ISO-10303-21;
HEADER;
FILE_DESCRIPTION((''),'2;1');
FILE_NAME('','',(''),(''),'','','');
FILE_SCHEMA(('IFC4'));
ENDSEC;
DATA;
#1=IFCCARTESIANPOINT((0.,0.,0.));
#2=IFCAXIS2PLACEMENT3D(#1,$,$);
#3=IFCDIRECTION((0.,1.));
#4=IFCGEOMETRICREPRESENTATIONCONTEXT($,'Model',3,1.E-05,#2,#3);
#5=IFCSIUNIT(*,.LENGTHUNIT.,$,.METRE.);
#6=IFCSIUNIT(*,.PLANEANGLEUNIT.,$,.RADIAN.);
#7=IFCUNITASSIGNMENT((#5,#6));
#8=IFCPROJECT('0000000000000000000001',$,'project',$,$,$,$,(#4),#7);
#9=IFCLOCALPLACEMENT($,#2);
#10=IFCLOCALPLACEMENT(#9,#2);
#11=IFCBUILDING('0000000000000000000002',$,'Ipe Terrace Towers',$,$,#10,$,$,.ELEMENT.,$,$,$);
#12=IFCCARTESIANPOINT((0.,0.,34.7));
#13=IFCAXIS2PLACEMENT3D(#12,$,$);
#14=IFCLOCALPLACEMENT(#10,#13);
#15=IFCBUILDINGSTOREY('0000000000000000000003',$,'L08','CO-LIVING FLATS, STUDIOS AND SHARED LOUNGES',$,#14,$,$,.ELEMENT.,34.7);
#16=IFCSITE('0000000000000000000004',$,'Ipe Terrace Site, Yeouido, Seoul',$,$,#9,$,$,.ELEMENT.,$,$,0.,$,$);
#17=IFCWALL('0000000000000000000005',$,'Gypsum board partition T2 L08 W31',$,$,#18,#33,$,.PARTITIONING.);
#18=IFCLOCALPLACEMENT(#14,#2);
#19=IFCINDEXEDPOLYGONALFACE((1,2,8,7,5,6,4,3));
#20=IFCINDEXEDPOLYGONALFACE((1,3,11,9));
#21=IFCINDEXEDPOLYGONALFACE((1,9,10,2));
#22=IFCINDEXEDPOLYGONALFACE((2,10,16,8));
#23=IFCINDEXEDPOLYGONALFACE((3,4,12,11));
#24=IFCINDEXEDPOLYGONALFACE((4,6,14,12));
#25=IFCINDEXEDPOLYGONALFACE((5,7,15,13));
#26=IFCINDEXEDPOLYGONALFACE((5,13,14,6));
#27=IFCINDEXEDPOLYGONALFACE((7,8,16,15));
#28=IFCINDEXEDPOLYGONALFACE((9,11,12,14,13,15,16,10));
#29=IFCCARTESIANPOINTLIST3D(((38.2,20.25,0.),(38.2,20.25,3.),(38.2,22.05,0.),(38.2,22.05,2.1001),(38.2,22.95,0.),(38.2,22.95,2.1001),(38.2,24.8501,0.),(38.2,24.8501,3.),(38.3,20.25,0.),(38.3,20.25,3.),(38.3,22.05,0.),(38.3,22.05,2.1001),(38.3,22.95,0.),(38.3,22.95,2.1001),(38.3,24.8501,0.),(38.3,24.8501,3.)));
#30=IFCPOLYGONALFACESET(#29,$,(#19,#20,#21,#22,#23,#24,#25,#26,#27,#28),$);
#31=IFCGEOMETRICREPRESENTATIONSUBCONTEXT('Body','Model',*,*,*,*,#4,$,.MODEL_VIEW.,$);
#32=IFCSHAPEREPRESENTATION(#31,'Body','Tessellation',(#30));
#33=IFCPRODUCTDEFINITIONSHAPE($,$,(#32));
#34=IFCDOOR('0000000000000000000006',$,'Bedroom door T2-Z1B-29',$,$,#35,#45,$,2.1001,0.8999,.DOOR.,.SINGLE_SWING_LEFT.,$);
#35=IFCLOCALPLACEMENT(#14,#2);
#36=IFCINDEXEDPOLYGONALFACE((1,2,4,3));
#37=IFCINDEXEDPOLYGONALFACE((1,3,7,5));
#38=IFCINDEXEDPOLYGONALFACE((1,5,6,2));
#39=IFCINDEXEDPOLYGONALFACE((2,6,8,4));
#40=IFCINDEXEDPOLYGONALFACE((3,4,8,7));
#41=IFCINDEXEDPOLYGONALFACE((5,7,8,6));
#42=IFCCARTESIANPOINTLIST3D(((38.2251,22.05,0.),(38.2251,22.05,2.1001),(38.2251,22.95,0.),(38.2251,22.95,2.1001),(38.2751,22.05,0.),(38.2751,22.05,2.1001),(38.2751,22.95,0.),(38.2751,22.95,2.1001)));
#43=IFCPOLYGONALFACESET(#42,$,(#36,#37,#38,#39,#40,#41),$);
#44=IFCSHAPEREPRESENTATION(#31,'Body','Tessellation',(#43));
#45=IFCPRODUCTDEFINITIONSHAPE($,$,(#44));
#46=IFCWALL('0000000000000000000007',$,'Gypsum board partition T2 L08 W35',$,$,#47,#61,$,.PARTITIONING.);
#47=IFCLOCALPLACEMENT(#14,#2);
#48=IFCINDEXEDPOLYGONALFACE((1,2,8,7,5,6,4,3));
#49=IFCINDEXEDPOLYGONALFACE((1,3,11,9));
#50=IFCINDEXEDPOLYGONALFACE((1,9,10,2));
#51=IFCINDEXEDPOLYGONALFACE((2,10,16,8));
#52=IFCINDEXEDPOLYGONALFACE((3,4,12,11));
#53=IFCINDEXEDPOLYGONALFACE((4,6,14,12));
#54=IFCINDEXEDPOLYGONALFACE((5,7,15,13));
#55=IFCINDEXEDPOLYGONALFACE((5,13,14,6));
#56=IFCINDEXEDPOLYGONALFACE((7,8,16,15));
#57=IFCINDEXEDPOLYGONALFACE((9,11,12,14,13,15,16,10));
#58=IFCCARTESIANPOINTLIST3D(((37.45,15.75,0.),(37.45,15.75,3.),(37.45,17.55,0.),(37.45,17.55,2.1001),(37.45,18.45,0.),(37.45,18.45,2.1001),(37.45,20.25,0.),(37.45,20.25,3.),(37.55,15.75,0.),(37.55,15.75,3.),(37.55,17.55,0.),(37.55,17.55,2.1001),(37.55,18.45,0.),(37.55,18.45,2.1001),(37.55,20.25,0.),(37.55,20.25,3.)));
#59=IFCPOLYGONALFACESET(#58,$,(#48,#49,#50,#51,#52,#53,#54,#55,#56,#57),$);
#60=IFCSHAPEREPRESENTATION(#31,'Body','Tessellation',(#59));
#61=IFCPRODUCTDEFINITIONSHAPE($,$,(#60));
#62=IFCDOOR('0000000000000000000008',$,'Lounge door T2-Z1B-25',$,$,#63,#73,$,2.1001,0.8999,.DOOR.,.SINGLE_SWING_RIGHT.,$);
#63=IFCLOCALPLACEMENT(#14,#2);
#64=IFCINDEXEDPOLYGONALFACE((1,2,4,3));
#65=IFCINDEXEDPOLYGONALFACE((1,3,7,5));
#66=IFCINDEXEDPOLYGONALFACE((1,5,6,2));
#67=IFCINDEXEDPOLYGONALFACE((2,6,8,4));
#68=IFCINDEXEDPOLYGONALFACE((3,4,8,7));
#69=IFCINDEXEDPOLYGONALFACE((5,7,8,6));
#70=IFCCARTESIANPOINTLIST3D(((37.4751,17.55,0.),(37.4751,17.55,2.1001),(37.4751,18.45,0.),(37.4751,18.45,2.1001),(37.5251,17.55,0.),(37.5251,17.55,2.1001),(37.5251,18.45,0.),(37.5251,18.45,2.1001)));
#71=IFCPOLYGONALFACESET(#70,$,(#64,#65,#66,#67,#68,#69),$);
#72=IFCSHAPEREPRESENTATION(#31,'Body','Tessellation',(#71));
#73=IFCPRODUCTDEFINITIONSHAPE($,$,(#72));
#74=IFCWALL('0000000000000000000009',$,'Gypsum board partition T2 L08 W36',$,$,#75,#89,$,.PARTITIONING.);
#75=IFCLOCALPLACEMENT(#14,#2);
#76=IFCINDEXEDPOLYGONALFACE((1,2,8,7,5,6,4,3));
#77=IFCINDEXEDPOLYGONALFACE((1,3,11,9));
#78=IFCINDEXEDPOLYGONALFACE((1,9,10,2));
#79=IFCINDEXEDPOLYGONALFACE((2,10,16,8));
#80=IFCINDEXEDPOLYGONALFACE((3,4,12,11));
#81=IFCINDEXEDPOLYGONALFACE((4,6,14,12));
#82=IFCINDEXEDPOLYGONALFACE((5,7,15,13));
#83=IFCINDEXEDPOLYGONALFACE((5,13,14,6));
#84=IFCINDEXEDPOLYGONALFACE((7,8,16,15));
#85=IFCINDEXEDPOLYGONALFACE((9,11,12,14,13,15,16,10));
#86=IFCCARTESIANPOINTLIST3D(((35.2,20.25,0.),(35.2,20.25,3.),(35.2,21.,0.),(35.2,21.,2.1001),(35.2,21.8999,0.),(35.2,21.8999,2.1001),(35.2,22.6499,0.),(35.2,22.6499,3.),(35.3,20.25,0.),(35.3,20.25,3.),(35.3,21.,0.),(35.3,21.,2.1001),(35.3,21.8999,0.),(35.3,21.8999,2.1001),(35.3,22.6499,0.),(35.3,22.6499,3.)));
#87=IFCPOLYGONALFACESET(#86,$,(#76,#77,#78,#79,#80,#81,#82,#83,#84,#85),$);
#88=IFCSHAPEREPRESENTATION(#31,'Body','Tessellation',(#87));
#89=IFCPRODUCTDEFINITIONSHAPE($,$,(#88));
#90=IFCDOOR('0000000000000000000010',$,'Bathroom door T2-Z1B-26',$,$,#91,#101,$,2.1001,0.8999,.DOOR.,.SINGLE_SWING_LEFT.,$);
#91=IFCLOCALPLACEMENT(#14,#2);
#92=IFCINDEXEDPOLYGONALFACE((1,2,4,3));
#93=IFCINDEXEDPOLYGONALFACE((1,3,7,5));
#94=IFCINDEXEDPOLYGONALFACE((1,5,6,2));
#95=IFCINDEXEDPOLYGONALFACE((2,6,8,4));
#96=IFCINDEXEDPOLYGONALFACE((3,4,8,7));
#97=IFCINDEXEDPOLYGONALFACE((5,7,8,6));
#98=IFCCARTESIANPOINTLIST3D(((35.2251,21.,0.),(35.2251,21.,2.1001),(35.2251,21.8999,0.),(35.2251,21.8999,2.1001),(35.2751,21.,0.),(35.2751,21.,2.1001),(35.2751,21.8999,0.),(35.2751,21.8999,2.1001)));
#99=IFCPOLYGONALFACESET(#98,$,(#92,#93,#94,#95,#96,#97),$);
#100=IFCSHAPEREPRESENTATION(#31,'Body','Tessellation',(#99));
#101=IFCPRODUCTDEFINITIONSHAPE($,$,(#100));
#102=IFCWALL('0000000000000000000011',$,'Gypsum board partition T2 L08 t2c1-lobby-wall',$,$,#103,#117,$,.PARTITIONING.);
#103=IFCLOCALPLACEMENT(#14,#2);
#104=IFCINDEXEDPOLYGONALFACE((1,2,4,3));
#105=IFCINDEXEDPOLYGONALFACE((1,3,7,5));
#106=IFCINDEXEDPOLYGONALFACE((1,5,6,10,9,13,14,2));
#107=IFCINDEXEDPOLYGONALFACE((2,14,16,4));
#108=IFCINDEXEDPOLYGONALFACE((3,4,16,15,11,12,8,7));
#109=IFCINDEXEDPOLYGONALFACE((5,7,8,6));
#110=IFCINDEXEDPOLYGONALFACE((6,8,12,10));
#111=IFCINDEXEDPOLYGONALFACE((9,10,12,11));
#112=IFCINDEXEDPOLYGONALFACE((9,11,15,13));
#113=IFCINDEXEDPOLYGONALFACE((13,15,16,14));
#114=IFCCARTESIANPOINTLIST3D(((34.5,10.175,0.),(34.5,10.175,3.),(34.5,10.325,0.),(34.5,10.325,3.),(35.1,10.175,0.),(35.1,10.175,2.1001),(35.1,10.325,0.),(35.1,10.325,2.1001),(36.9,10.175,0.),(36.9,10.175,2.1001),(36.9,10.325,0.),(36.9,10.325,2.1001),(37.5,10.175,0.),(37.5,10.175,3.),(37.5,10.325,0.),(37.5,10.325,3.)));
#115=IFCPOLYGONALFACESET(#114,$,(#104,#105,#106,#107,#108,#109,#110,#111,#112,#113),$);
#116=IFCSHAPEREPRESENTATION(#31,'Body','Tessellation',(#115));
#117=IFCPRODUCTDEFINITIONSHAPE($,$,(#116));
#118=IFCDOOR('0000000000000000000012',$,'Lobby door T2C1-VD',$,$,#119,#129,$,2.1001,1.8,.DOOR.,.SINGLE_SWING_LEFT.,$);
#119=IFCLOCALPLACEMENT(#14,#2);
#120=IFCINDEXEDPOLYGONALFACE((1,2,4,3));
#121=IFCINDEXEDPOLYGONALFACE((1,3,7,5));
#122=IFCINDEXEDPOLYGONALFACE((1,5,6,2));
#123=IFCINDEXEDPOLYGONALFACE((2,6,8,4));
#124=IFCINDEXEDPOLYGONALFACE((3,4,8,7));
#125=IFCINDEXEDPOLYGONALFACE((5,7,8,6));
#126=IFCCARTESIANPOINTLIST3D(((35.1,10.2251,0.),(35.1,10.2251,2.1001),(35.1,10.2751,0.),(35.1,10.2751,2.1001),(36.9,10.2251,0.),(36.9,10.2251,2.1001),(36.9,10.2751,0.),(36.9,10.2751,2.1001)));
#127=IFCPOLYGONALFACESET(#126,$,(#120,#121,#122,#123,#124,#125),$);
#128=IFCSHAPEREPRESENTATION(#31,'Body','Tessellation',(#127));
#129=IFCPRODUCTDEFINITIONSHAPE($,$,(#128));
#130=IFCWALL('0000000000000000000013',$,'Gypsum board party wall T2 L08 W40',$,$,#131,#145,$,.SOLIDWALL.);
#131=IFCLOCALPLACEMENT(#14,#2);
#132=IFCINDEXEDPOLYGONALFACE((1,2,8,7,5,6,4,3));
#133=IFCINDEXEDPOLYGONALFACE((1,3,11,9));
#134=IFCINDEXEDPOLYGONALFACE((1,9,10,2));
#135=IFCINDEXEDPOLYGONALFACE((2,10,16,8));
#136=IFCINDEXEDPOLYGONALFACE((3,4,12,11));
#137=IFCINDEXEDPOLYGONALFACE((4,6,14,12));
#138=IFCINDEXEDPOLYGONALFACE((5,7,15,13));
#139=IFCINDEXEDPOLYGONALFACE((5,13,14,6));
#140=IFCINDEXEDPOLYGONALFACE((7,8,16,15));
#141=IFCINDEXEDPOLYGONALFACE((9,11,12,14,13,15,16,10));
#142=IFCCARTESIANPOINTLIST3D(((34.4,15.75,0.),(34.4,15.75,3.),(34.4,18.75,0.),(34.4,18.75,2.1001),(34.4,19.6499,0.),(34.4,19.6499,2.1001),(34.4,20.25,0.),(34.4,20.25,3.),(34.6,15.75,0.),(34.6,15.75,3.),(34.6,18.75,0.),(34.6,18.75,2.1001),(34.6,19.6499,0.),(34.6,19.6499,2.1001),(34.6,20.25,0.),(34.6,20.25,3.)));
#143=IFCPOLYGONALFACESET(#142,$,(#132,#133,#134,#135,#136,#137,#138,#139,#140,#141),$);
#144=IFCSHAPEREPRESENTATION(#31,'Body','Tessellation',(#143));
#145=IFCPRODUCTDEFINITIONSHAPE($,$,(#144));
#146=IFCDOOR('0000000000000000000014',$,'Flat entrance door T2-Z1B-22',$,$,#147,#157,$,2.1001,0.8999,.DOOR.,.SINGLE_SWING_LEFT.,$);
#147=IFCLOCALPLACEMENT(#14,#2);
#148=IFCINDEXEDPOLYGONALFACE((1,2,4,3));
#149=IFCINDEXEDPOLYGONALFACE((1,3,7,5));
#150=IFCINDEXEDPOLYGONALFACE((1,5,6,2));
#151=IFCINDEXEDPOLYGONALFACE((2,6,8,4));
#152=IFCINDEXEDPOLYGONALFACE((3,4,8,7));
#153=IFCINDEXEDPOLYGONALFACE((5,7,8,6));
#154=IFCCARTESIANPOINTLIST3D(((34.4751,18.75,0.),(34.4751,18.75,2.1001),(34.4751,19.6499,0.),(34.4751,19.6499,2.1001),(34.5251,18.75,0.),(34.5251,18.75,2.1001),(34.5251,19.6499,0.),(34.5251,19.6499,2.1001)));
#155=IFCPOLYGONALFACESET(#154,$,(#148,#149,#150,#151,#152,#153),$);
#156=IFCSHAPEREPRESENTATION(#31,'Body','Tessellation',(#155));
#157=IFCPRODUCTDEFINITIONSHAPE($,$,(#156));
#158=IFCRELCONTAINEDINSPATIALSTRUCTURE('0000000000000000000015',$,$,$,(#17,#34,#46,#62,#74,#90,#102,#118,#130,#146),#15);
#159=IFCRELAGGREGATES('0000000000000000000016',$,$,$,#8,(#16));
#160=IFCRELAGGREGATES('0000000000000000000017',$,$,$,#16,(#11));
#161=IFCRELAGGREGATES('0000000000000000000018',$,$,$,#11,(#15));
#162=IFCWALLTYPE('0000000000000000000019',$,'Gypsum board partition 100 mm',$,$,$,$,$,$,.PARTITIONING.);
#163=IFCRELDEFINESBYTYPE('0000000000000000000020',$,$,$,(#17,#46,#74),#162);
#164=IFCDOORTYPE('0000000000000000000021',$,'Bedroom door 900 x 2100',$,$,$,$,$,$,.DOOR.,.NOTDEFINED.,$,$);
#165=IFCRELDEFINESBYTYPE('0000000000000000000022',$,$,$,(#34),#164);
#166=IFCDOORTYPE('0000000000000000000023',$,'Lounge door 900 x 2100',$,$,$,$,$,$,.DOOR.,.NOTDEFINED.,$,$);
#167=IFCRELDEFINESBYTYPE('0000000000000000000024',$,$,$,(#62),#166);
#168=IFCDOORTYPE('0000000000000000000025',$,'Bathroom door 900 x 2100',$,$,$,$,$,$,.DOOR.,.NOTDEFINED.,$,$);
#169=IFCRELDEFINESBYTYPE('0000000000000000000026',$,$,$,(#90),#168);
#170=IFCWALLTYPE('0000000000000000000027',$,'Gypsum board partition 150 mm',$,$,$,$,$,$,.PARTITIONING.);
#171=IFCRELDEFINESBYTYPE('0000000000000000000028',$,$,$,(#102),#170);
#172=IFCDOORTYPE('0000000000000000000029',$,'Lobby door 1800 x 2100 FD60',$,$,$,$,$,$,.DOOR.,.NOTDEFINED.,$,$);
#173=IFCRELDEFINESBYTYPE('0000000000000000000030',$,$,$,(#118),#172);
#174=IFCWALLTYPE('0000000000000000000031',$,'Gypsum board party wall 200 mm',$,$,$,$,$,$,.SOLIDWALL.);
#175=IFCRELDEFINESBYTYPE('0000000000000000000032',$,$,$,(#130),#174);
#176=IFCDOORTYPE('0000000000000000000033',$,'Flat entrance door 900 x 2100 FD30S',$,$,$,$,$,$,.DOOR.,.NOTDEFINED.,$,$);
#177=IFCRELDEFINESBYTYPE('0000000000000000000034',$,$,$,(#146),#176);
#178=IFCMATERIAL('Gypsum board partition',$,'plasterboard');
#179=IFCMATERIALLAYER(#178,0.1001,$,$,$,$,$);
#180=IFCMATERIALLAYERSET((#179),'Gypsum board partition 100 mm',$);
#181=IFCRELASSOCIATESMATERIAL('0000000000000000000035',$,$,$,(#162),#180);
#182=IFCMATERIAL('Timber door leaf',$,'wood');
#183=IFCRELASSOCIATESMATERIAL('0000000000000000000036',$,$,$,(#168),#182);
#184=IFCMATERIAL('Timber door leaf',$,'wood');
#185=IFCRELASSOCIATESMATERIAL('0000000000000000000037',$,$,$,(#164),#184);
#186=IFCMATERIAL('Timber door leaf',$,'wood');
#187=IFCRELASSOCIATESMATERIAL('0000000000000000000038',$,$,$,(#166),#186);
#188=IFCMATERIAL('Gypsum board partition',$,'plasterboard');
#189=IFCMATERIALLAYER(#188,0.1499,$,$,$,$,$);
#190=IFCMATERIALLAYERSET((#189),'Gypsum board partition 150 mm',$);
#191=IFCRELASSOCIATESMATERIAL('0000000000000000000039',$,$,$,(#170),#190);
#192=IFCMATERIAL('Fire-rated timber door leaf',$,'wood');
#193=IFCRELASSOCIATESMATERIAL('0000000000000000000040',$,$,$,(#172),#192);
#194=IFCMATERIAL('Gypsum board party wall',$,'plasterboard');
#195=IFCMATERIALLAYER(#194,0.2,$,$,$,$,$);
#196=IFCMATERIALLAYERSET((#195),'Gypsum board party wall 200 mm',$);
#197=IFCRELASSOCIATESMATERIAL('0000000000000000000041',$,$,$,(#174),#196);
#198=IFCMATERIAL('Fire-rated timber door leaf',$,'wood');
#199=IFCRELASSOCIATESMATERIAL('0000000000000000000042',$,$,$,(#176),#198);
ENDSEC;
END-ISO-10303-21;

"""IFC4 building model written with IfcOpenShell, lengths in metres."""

from ifc_helpers import new_model, si_unit, direction, frame, frame_2d, origin, place, context, subcontext, project, spatial, rectangle, extrude, material, layer, layer_set, type_object, element, fill, save


model = new_model("IFC4")

# Units and contexts
model_context = context("Model", 3, precision=1e-05, world=origin(), true_north=direction((0.0, 1.0)))
body_context = subcontext(model_context, "Body", "Model", "MODEL_VIEW")
ifc_project = project(units=[si_unit("LENGTHUNIT", "METRE"), si_unit("PLANEANGLEUNIT", "RADIAN")], contexts=[model_context])

# Site, building, storey
site_placement = place(None, origin())
site = spatial("IfcSite", under=ifc_project, at=site_placement, Name="Ipe Terrace Site, Yeouido, Seoul", CompositionType="ELEMENT", RefElevation=0.0)
building_placement = place(site_placement, origin())
building = spatial("IfcBuilding", under=site, at=building_placement, Name="Ipe Terrace Towers", CompositionType="ELEMENT")
storey_placement = place(building_placement, frame((0.0, 0.0, 34.7)))
storey = spatial("IfcBuildingStorey", under=building, at=storey_placement, Name="L08", Description="CO-LIVING FLATS, STUDIOS AND SHARED LOUNGES", CompositionType="ELEMENT", Elevation=34.7)

# Shared definitions
ifc_material_1 = material(Name="Gypsum board partition", Category="plasterboard")
ifc_layer_1 = layer(ifc_material_1, 0.1001)
ifc_layer_set_1 = layer_set([ifc_layer_1], Name="Gypsum board partition 100 mm")
wall_type_1 = type_object("IfcWallType", Name="Gypsum board partition 100 mm", PredefinedType="PARTITIONING", material=ifc_layer_set_1)
ifc_material_2 = material(Name="Timber door leaf", Category="wood")
door_type_1 = type_object("IfcDoorType", Name="Bathroom door 900 x 2100", OperationType="NOTDEFINED", PredefinedType="DOOR", material=ifc_material_2)

# Walls, openings, doors
wall_1_placement = place(storey_placement, frame((38.25, 20.25, 0.0), z_axis=(0.0, 0.0, 1.0), x_axis=(0.0, 1.0, 0.0)))
wall_1 = element("IfcWall", 1, at=wall_1_placement, inside=storey, type_object=wall_type_1, Name="Gypsum board partition T2 L08 W31", PredefinedType="PARTITIONING", context=body_context, shape_type="SweptSolid", body=[
    extrude(rectangle(XDim=4.6001, YDim=0.1001, at=frame_2d((2.3, 0.0))), origin(), (0.0, 0.0, 1.0), 3.0),
])
opening_1_placement = place(wall_1_placement, frame((1.8, 0.0, 0.0)))
opening_1 = element("IfcOpeningElement", 2, at=opening_1_placement, cuts=wall_1, PredefinedType="OPENING", context=body_context, shape_type="SweptSolid", body=[
    extrude(rectangle(XDim=0.8999, YDim=2.1001, at=frame_2d((0.45, 1.05))), frame((0.0, 0.0601, 0.0), z_axis=(0.0, -1.0, 0.0), x_axis=(1.0, 0.0, 0.0)), (0.0, 0.0, 1.0), 0.1201),
])
ifc_material_3 = material(Name="Timber door leaf", Category="wood")
door_type_2 = type_object("IfcDoorType", Name="Bedroom door 900 x 2100", OperationType="NOTDEFINED", PredefinedType="DOOR", material=ifc_material_3)
door_1_placement = place(opening_1_placement, origin())
door_1 = element("IfcDoor", 3, at=door_1_placement, inside=storey, type_object=door_type_2, Name="Bedroom door T2-Z1B-29", OperationType="SINGLE_SWING_LEFT", OverallHeight=2.1001, OverallWidth=0.8999, PredefinedType="DOOR", context=body_context, shape_type="SweptSolid", body=[
    extrude(rectangle(XDim=0.8999, YDim=2.1001, at=frame_2d((0.45, 1.05))), frame((0.0, 0.0249, 0.0), z_axis=(0.0, -1.0, 0.0), x_axis=(1.0, 0.0, 0.0)), (0.0, 0.0, 1.0), 0.05),
])
fill(opening_1, door_1)
wall_2_placement = place(storey_placement, frame((37.5, 15.75, 0.0), z_axis=(0.0, 0.0, 1.0), x_axis=(0.0, 1.0, 0.0)))
wall_2 = element("IfcWall", 4, at=wall_2_placement, inside=storey, type_object=wall_type_1, Name="Gypsum board partition T2 L08 W35", PredefinedType="PARTITIONING", context=body_context, shape_type="SweptSolid", body=[
    extrude(rectangle(XDim=4.5, YDim=0.1001, at=frame_2d((2.25, 0.0))), origin(), (0.0, 0.0, 1.0), 3.0),
])
opening_2_placement = place(wall_2_placement, frame((1.8, 0.0, 0.0)))
opening_2 = element("IfcOpeningElement", 5, at=opening_2_placement, cuts=wall_2, PredefinedType="OPENING", context=body_context, shape_type="SweptSolid", body=[
    extrude(rectangle(XDim=0.8999, YDim=2.1001, at=frame_2d((0.45, 1.05))), frame((0.0, 0.0601, 0.0), z_axis=(0.0, -1.0, 0.0), x_axis=(1.0, 0.0, 0.0)), (0.0, 0.0, 1.0), 0.1201),
])
ifc_material_4 = material(Name="Timber door leaf", Category="wood")
door_type_3 = type_object("IfcDoorType", Name="Lounge door 900 x 2100", OperationType="NOTDEFINED", PredefinedType="DOOR", material=ifc_material_4)
door_2_placement = place(opening_2_placement, origin())
door_2 = element("IfcDoor", 6, at=door_2_placement, inside=storey, type_object=door_type_3, Name="Lounge door T2-Z1B-25", OperationType="SINGLE_SWING_RIGHT", OverallHeight=2.1001, OverallWidth=0.8999, PredefinedType="DOOR", context=body_context, shape_type="SweptSolid", body=[
    extrude(rectangle(XDim=0.8999, YDim=2.1001, at=frame_2d((0.45, 1.05))), frame((0.0, 0.0249, 0.0), z_axis=(0.0, -1.0, 0.0), x_axis=(1.0, 0.0, 0.0)), (0.0, 0.0, 1.0), 0.05),
])
fill(opening_2, door_2)
wall_3_placement = place(storey_placement, frame((35.25, 20.25, 0.0), z_axis=(0.0, 0.0, 1.0), x_axis=(0.0, 1.0, 0.0)))
wall_3 = element("IfcWall", 7, at=wall_3_placement, inside=storey, type_object=wall_type_1, Name="Gypsum board partition T2 L08 W36", PredefinedType="PARTITIONING", context=body_context, shape_type="SweptSolid", body=[
    extrude(rectangle(XDim=2.3999, YDim=0.1001, at=frame_2d((1.2, 0.0))), origin(), (0.0, 0.0, 1.0), 3.0),
])
opening_3_placement = place(wall_3_placement, frame((0.75, 0.0, 0.0)))
opening_3 = element("IfcOpeningElement", 8, at=opening_3_placement, cuts=wall_3, PredefinedType="OPENING", context=body_context, shape_type="SweptSolid", body=[
    extrude(rectangle(XDim=0.8999, YDim=2.1001, at=frame_2d((0.45, 1.05))), frame((0.0, 0.0601, 0.0), z_axis=(0.0, -1.0, 0.0), x_axis=(1.0, 0.0, 0.0)), (0.0, 0.0, 1.0), 0.1201),
])
door_3_placement = place(opening_3_placement, origin())
door_3 = element("IfcDoor", 9, at=door_3_placement, inside=storey, type_object=door_type_1, Name="Bathroom door T2-Z1B-26", OperationType="SINGLE_SWING_LEFT", OverallHeight=2.1001, OverallWidth=0.8999, PredefinedType="DOOR", context=body_context, shape_type="SweptSolid", body=[
    extrude(rectangle(XDim=0.8999, YDim=2.1001, at=frame_2d((0.45, 1.05))), frame((0.0, 0.0249, 0.0), z_axis=(0.0, -1.0, 0.0), x_axis=(1.0, 0.0, 0.0)), (0.0, 0.0, 1.0), 0.05),
])
fill(opening_3, door_3)
ifc_material_5 = material(Name="Gypsum board partition", Category="plasterboard")
ifc_layer_2 = layer(ifc_material_5, 0.1499)
ifc_layer_set_2 = layer_set([ifc_layer_2], Name="Gypsum board partition 150 mm")
wall_type_2 = type_object("IfcWallType", Name="Gypsum board partition 150 mm", PredefinedType="PARTITIONING", material=ifc_layer_set_2)
wall_4_placement = place(storey_placement, frame((37.5, 10.25, 0.0), z_axis=(0.0, 0.0, 1.0), x_axis=(-1.0, 0.0, 0.0)))
wall_4 = element("IfcWall", 10, at=wall_4_placement, inside=storey, type_object=wall_type_2, Name="Gypsum board partition T2 L08 t2c1-lobby-wall", PredefinedType="PARTITIONING", context=body_context, shape_type="SweptSolid", body=[
    extrude(rectangle(XDim=3.0, YDim=0.1499, at=frame_2d((1.5, 0.0))), origin(), (0.0, 0.0, 1.0), 3.0),
])
opening_4_placement = place(wall_4_placement, frame((0.6001, 0.0, 0.0)))
opening_4 = element("IfcOpeningElement", 11, at=opening_4_placement, cuts=wall_4, PredefinedType="OPENING", context=body_context, shape_type="SweptSolid", body=[
    extrude(rectangle(XDim=1.8, YDim=2.1001, at=frame_2d((0.8999, 1.05))), frame((0.0, 0.085, 0.0), z_axis=(0.0, -1.0, 0.0), x_axis=(1.0, 0.0, 0.0)), (0.0, 0.0, 1.0), 0.1699),
])
ifc_material_6 = material(Name="Fire-rated timber door leaf", Category="wood")
door_type_4 = type_object("IfcDoorType", Name="Lobby door 1800 x 2100 FD60", OperationType="NOTDEFINED", PredefinedType="DOOR", material=ifc_material_6)
door_4_placement = place(opening_4_placement, origin())
door_4 = element("IfcDoor", 12, at=door_4_placement, inside=storey, type_object=door_type_4, Name="Lobby door T2C1-VD", OperationType="SINGLE_SWING_LEFT", OverallHeight=2.1001, OverallWidth=1.8, PredefinedType="DOOR", context=body_context, shape_type="SweptSolid", body=[
    extrude(rectangle(XDim=1.8, YDim=2.1001, at=frame_2d((0.8999, 1.05))), frame((0.0, 0.0249, 0.0), z_axis=(0.0, -1.0, 0.0), x_axis=(1.0, 0.0, 0.0)), (0.0, 0.0, 1.0), 0.05),
])
fill(opening_4, door_4)
ifc_material_7 = material(Name="Gypsum board party wall", Category="plasterboard")
ifc_layer_3 = layer(ifc_material_7, 0.2)
ifc_layer_set_3 = layer_set([ifc_layer_3], Name="Gypsum board party wall 200 mm")
wall_type_3 = type_object("IfcWallType", Name="Gypsum board party wall 200 mm", PredefinedType="SOLIDWALL", material=ifc_layer_set_3)
wall_5_placement = place(storey_placement, frame((34.5, 15.75, 0.0), z_axis=(0.0, 0.0, 1.0), x_axis=(0.0, 1.0, 0.0)))
wall_5 = element("IfcWall", 13, at=wall_5_placement, inside=storey, type_object=wall_type_3, Name="Gypsum board party wall T2 L08 W40", PredefinedType="SOLIDWALL", context=body_context, shape_type="SweptSolid", body=[
    extrude(rectangle(XDim=4.5, YDim=0.2, at=frame_2d((2.25, 0.0))), origin(), (0.0, 0.0, 1.0), 3.0),
])
opening_5_placement = place(wall_5_placement, frame((3.0, 0.0, 0.0)))
opening_5 = element("IfcOpeningElement", 14, at=opening_5_placement, cuts=wall_5, PredefinedType="OPENING", context=body_context, shape_type="SweptSolid", body=[
    extrude(rectangle(XDim=0.8999, YDim=2.1001, at=frame_2d((0.45, 1.05))), frame((0.0, 0.1099, 0.0), z_axis=(0.0, -1.0, 0.0), x_axis=(1.0, 0.0, 0.0)), (0.0, 0.0, 1.0), 0.22),
])
ifc_material_8 = material(Name="Fire-rated timber door leaf", Category="wood")
door_type_5 = type_object("IfcDoorType", Name="Flat entrance door 900 x 2100 FD30S", OperationType="NOTDEFINED", PredefinedType="DOOR", material=ifc_material_8)
door_5_placement = place(opening_5_placement, origin())
door_5 = element("IfcDoor", 15, at=door_5_placement, inside=storey, type_object=door_type_5, Name="Flat entrance door T2-Z1B-22", OperationType="SINGLE_SWING_LEFT", OverallHeight=2.1001, OverallWidth=0.8999, PredefinedType="DOOR", context=body_context, shape_type="SweptSolid", body=[
    extrude(rectangle(XDim=0.8999, YDim=2.1001, at=frame_2d((0.45, 1.05))), frame((0.0, 0.0249, 0.0), z_axis=(0.0, -1.0, 0.0), x_axis=(1.0, 0.0, 0.0)), (0.0, 0.0, 1.0), 0.05),
])
fill(opening_5, door_5)

save(model, "model.ifc")
